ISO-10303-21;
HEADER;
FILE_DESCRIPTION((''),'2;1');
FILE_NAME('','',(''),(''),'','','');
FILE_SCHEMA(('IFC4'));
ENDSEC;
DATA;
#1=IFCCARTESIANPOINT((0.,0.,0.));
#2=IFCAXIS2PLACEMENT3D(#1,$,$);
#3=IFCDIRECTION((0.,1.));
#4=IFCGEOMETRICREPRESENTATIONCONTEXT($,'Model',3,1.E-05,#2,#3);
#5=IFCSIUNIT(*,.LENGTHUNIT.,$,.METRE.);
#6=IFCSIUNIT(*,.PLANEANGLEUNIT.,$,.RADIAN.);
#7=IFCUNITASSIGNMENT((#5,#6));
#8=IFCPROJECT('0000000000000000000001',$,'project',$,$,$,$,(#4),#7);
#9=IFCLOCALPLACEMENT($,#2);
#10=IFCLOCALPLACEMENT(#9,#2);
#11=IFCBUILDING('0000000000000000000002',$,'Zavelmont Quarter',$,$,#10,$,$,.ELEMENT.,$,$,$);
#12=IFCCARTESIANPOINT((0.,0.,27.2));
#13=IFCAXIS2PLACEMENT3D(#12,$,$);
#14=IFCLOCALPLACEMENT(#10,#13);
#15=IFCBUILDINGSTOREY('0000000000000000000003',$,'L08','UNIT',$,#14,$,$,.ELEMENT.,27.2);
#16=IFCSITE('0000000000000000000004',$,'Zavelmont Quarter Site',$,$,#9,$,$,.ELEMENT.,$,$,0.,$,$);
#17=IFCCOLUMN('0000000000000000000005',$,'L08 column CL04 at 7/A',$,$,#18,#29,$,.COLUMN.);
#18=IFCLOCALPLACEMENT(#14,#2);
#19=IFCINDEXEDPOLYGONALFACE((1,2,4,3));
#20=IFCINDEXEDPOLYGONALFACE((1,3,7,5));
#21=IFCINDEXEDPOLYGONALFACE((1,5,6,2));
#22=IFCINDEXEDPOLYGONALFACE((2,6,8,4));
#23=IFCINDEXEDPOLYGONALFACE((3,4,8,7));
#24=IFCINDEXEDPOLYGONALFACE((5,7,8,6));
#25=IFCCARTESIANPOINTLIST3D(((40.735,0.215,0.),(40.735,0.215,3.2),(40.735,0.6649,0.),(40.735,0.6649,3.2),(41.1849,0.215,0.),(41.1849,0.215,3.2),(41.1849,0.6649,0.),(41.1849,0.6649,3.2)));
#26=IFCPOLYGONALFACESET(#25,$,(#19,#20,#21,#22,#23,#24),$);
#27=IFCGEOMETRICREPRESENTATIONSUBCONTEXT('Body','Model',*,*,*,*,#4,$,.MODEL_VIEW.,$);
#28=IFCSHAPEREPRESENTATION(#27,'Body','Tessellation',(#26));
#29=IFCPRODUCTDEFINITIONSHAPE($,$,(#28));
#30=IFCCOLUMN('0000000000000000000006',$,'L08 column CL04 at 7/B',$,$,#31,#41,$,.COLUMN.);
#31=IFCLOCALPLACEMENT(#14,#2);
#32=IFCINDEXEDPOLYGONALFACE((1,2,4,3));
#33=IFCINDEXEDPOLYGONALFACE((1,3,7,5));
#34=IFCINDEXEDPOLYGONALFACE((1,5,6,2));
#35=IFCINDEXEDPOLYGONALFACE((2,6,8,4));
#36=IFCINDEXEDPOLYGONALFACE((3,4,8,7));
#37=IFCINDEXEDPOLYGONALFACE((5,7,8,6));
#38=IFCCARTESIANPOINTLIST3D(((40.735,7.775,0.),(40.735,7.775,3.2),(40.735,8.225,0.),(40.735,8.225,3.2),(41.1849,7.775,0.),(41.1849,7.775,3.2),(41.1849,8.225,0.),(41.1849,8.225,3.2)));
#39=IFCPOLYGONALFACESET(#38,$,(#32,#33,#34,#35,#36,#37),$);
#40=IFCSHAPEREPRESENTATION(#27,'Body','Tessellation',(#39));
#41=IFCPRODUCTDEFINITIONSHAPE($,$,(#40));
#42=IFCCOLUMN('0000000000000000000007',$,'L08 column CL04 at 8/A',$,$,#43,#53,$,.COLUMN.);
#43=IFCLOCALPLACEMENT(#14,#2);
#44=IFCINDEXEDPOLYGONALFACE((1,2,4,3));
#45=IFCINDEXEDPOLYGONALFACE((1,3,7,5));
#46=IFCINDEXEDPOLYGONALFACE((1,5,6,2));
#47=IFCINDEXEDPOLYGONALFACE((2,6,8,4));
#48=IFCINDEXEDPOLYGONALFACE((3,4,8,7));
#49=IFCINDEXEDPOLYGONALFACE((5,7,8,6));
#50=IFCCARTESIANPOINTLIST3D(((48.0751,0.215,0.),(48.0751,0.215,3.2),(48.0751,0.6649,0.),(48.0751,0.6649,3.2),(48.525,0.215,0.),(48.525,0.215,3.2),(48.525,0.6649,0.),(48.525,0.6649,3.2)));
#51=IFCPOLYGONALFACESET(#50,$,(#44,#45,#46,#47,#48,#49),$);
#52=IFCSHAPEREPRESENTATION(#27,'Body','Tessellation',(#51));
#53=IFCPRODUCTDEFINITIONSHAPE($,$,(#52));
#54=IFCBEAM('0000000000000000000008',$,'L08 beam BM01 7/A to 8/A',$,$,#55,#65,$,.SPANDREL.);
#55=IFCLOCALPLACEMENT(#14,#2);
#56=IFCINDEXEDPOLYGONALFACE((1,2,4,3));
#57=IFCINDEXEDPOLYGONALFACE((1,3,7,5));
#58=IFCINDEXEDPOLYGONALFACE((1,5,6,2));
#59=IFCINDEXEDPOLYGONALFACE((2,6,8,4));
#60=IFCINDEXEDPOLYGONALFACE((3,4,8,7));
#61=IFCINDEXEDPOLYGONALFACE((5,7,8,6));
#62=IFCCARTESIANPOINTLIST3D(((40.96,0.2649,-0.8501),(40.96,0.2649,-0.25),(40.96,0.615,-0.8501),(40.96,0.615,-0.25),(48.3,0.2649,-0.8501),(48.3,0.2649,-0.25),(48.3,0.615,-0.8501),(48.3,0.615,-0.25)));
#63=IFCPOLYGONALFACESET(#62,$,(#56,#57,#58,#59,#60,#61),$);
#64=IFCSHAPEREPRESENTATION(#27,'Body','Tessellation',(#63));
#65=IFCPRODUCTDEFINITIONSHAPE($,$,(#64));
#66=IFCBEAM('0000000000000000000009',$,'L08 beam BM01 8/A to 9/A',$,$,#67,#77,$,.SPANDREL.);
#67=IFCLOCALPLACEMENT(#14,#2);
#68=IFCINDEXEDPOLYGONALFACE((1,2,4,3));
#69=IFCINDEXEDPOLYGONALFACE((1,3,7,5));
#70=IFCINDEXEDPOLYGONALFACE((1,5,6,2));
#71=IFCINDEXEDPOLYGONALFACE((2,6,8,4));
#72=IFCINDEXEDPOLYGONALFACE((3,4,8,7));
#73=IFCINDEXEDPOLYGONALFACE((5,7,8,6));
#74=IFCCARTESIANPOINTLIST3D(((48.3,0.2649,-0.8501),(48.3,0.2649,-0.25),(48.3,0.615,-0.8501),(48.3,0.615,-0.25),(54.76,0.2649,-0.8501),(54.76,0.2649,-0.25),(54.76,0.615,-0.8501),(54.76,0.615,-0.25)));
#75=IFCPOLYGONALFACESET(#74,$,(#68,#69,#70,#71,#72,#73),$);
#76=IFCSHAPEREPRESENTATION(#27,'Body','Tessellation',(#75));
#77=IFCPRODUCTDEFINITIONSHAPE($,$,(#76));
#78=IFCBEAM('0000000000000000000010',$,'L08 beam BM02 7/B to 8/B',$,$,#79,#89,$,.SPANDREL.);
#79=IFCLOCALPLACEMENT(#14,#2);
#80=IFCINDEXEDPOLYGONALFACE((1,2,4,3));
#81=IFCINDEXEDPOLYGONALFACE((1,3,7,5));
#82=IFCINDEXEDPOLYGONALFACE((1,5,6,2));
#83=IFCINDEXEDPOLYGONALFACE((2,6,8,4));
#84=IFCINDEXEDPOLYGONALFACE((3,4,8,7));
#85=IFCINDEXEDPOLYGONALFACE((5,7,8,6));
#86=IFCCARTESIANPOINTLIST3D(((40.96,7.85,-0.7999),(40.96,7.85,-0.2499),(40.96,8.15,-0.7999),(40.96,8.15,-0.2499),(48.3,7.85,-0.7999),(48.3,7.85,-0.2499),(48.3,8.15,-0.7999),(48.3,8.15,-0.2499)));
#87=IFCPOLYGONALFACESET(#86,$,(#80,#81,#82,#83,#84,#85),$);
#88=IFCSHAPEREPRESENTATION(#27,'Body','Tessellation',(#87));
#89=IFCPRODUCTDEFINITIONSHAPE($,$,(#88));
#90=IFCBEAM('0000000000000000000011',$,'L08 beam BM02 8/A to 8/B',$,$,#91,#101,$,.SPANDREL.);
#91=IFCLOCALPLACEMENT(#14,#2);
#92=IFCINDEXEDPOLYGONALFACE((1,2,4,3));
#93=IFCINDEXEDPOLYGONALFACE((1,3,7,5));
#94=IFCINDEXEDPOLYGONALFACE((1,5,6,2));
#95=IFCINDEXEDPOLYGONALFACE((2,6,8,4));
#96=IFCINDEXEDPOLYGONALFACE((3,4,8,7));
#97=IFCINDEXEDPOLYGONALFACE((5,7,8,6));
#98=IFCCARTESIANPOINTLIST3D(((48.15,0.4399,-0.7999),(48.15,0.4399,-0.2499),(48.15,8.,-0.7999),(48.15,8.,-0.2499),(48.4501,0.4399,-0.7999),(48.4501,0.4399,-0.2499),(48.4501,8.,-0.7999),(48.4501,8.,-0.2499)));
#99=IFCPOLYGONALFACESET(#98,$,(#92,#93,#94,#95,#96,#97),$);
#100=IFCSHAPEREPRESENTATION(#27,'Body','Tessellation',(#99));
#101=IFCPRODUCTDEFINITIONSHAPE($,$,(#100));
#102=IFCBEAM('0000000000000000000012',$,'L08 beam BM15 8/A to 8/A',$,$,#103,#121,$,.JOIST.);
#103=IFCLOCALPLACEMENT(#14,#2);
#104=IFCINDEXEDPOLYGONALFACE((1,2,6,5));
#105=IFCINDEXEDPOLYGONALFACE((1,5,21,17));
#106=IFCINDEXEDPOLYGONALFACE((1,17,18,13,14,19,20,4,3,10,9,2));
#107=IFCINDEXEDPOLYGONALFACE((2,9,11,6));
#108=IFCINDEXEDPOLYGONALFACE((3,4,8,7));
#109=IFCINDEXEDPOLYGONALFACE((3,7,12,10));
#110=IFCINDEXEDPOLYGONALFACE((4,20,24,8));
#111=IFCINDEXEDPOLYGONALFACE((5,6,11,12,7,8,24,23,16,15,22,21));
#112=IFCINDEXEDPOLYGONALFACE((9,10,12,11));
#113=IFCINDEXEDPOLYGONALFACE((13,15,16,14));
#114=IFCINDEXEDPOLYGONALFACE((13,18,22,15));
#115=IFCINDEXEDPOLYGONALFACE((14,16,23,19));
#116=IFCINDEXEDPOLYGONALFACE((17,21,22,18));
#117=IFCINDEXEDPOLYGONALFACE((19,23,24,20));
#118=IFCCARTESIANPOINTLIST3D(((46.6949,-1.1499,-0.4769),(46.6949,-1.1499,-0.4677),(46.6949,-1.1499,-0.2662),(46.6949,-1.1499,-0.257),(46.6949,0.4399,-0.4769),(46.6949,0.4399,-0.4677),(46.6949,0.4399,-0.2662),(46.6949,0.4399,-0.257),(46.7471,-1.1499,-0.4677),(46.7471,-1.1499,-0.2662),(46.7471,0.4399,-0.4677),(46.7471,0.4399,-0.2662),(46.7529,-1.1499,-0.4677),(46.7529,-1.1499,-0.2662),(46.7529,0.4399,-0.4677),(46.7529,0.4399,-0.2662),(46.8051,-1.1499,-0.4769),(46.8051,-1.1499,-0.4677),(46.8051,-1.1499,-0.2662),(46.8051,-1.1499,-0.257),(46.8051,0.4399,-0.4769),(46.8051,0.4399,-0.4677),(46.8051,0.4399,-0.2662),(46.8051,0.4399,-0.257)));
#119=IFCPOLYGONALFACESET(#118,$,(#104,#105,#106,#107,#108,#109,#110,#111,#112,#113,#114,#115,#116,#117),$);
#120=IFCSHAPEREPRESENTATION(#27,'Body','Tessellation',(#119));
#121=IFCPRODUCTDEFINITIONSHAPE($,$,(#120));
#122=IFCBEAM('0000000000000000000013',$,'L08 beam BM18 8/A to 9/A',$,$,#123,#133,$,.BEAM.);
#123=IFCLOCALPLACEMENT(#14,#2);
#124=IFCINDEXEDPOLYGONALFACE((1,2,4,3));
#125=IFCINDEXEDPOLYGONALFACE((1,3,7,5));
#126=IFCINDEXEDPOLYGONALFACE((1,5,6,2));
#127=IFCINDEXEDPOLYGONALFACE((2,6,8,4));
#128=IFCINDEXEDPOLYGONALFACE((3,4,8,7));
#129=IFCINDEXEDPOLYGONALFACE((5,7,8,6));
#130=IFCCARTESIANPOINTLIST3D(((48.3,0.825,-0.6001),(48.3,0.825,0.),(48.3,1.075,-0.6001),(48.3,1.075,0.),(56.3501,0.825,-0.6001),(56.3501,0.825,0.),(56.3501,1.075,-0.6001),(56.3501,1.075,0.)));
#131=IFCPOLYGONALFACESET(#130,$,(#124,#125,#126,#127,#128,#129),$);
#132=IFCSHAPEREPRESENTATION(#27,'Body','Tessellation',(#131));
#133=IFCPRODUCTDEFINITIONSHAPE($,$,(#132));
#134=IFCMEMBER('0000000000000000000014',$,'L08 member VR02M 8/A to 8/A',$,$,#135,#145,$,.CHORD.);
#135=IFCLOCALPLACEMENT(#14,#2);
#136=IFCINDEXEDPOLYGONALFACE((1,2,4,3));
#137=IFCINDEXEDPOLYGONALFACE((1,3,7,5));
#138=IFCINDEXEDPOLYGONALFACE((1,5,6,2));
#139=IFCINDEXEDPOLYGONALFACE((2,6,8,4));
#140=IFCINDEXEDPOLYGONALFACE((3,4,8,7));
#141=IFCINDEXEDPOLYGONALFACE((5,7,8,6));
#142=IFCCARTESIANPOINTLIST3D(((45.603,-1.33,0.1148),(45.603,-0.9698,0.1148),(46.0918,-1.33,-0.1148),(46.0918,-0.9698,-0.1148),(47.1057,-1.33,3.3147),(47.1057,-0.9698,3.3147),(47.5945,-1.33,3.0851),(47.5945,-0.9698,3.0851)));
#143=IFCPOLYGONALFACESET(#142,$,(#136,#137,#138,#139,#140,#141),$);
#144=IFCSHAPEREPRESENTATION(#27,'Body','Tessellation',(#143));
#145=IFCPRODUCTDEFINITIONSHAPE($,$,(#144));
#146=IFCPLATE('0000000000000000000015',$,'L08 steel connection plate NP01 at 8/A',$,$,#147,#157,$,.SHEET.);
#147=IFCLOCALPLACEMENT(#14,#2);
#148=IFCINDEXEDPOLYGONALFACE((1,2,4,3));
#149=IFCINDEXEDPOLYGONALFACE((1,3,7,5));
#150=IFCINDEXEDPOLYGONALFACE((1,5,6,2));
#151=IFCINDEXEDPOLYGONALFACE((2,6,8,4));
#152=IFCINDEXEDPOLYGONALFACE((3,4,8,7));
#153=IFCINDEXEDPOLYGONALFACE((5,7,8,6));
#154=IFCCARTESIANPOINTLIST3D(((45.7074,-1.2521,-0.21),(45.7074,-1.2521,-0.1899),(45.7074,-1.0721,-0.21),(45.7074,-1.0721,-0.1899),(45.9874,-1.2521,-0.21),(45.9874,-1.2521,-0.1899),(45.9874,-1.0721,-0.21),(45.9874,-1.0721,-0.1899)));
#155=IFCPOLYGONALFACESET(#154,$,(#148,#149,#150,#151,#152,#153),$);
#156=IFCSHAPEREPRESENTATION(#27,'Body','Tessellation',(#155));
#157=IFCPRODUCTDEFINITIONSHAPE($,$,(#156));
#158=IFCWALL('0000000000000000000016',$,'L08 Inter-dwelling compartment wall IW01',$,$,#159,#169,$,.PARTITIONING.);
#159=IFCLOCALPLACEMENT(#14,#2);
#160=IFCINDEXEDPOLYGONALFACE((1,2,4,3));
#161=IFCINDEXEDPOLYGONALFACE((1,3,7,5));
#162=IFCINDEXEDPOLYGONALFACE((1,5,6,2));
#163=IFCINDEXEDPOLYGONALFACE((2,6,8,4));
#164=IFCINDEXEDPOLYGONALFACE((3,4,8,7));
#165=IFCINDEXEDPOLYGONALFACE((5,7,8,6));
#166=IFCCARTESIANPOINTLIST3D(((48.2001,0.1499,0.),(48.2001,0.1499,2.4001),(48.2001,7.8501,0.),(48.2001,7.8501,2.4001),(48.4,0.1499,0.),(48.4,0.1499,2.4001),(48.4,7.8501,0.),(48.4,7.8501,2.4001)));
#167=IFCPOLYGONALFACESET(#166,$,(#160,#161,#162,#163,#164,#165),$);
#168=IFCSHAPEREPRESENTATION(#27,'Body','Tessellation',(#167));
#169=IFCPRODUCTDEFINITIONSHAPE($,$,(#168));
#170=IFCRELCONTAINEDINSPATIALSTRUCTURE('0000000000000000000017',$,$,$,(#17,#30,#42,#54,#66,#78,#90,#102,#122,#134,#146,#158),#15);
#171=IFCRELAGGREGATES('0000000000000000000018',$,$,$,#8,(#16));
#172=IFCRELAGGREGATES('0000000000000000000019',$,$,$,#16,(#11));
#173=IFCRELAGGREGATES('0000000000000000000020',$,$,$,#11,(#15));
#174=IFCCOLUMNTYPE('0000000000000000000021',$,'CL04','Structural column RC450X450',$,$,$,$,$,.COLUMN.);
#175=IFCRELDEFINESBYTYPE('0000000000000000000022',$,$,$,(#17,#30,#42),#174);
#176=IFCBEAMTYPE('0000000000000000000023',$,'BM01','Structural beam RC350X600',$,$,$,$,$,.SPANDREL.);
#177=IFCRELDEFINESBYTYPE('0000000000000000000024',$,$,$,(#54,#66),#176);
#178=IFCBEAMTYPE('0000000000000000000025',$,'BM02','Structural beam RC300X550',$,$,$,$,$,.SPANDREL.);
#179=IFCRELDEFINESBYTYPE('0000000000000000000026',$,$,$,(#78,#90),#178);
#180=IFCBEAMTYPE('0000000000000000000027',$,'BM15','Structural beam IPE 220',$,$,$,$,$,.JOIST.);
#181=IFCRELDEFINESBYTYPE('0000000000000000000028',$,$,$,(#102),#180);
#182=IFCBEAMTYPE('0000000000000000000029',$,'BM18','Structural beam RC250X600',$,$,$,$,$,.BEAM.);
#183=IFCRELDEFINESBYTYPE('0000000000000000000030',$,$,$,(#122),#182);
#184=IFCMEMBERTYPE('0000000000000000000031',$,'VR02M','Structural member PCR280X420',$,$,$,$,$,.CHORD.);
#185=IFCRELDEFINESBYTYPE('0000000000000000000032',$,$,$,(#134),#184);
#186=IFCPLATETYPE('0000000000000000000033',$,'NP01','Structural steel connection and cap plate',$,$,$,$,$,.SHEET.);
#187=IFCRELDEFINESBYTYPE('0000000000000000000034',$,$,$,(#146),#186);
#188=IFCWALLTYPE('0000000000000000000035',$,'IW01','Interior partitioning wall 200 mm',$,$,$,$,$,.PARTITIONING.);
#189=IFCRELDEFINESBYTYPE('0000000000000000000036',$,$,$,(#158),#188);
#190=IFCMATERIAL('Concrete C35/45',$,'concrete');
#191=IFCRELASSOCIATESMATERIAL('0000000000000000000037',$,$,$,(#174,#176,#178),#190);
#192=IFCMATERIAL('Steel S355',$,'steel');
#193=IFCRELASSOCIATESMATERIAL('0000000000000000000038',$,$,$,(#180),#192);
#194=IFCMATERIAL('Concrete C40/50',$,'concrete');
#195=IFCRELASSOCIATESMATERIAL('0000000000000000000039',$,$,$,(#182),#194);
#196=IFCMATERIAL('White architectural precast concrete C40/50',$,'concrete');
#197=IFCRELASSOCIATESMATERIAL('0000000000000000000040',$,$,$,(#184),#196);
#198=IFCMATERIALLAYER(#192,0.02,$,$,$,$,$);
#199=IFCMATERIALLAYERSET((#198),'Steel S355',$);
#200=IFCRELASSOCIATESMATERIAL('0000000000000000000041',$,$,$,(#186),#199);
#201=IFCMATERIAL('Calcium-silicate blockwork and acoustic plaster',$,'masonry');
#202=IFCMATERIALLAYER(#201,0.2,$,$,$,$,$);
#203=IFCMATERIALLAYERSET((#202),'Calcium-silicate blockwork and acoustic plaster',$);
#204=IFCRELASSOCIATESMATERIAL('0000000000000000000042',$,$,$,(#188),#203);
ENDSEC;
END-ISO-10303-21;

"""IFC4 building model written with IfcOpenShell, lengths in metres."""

from ifc_helpers import new_model, si_unit, direction, frame, frame_2d, origin, origin_2d, place, context, subcontext, project, spatial, rectangle, i_section, extrude, material, layer, layer_set, material_profile, profile_set, type_object, element, save


model = new_model("IFC4")

# Units and contexts
model_context = context("Model", 3, precision=1e-05, world=origin(), true_north=direction((0.0, 1.0)))
body_context = subcontext(model_context, "Body", "Model", "MODEL_VIEW")
ifc_project = project(units=[si_unit("LENGTHUNIT", "METRE"), si_unit("PLANEANGLEUNIT", "RADIAN")], contexts=[model_context])

# Site, building, storey
site_placement = place(None, origin())
site = spatial("IfcSite", under=ifc_project, at=site_placement, Name="Zavelmont Quarter Site", CompositionType="ELEMENT", RefElevation=0.0)
building_placement = place(site_placement, origin())
building = spatial("IfcBuilding", under=site, at=building_placement, Name="Zavelmont Quarter", CompositionType="ELEMENT")
storey_placement = place(building_placement, frame((0.0, 0.0, 27.2)))
storey = spatial("IfcBuildingStorey", under=building, at=storey_placement, Name="L08", Description="UNIT", CompositionType="ELEMENT", Elevation=27.2)

# Columns
ifc_material_1 = material(Name="Concrete C35/45", Category="concrete")
ifc_material_profile_1 = material_profile(ifc_material_1, rectangle(XDim=0.45, YDim=0.45, at=origin_2d()), Name="RC450X450")
ifc_profile_set_1 = profile_set([ifc_material_profile_1], Name="Concrete C35/45")
column_type = type_object("IfcColumnType", Name="CL04", Description="Structural column RC450X450", PredefinedType="COLUMN", material=ifc_profile_set_1)
for number, where, z_axis, x_axis, name in (
    (1, (40.96, 0.4399, 0.0), (0.0, 0.0, 1.0), (1.0, 0.0, 0.0), "L08 column CL04 at 7/A"),
    (2, (40.96, 8.0, 0.0), (0.0, 0.0, 1.0), (1.0, 0.0, 0.0), "L08 column CL04 at 7/B"),
    (3, (48.3, 0.4399, 0.0), (0.0, 0.0, 1.0), (1.0, 0.0, 0.0), "L08 column CL04 at 8/A"),
):
    element("IfcColumn", number, at=place(storey_placement, frame(where, z_axis=z_axis, x_axis=x_axis)), inside=storey, type_object=column_type, Name=name, PredefinedType="COLUMN", context=body_context, shape_type="SweptSolid", body=[
        extrude(rectangle(XDim=0.45, YDim=0.45, at=origin_2d()), origin(), (0.0, 0.0, 1.0), 3.2),
    ])

# Beams
ifc_material_profile_2 = material_profile(ifc_material_1, rectangle(XDim=0.3501, YDim=0.6001, at=origin_2d()), Name="RC350X600")
ifc_profile_set_2 = profile_set([ifc_material_profile_2], Name="Concrete C35/45")
beam_type_1 = type_object("IfcBeamType", Name="BM01", Description="Structural beam RC350X600", PredefinedType="SPANDREL", material=ifc_profile_set_2)
beam_1_placement = place(storey_placement, frame((40.96, 0.4399, -0.55), z_axis=(1.0, 0.0, 0.0), x_axis=(0.0, 1.0, 0.0)))
element("IfcBeam", 4, at=beam_1_placement, inside=storey, type_object=beam_type_1, Name="L08 beam BM01 7/A to 8/A", PredefinedType="SPANDREL", context=body_context, shape_type="SweptSolid", body=[
    extrude(rectangle(XDim=0.3501, YDim=0.6001, at=origin_2d()), origin(), (0.0, 0.0, 1.0), 7.3401),
])
beam_2_placement = place(storey_placement, frame((48.3, 0.4399, -0.55), z_axis=(1.0, 0.0, 0.0), x_axis=(0.0, 1.0, 0.0)))
element("IfcBeam", 5, at=beam_2_placement, inside=storey, type_object=beam_type_1, Name="L08 beam BM01 8/A to 9/A", PredefinedType="SPANDREL", context=body_context, shape_type="SweptSolid", body=[
    extrude(rectangle(XDim=0.3501, YDim=0.6001, at=origin_2d()), origin(), (0.0, 0.0, 1.0), 6.46),
])
ifc_material_profile_3 = material_profile(ifc_material_1, rectangle(XDim=0.3, YDim=0.55, at=origin_2d()), Name="RC300X550")
ifc_profile_set_3 = profile_set([ifc_material_profile_3], Name="Concrete C35/45")
beam_type_2 = type_object("IfcBeamType", Name="BM02", Description="Structural beam RC300X550", PredefinedType="SPANDREL", material=ifc_profile_set_3)
beam_3_placement = place(storey_placement, frame((40.96, 8.0, -0.5249), z_axis=(1.0, 0.0, 0.0), x_axis=(0.0, 1.0, 0.0)))
element("IfcBeam", 6, at=beam_3_placement, inside=storey, type_object=beam_type_2, Name="L08 beam BM02 7/B to 8/B", PredefinedType="SPANDREL", context=body_context, shape_type="SweptSolid", body=[
    extrude(rectangle(XDim=0.3, YDim=0.55, at=origin_2d()), origin(), (0.0, 0.0, 1.0), 7.3401),
])
beam_4_placement = place(storey_placement, frame((48.3, 0.4399, -0.5249), z_axis=(0.0, 1.0, 0.0), x_axis=(-1.0, 0.0, 0.0)))
element("IfcBeam", 7, at=beam_4_placement, inside=storey, type_object=beam_type_2, Name="L08 beam BM02 8/A to 8/B", PredefinedType="SPANDREL", context=body_context, shape_type="SweptSolid", body=[
    extrude(rectangle(XDim=0.3, YDim=0.55, at=origin_2d()), origin(), (0.0, 0.0, 1.0), 7.5601),
])
ifc_material_2 = material(Name="Steel S355", Category="steel")
ifc_material_profile_4 = material_profile(ifc_material_2, i_section(OverallWidth=0.1101, OverallDepth=0.22, WebThickness=0.0059, FlangeThickness=0.0093, at=origin_2d()), Name="IPE 220")
ifc_profile_set_4 = profile_set([ifc_material_profile_4], Name="Steel S355")
beam_type_3 = type_object("IfcBeamType", Name="BM15", Description="Structural beam IPE 220", PredefinedType="JOIST", material=ifc_profile_set_4)
beam_5_placement = place(storey_placement, frame((46.75, 0.4399, -0.3669), z_axis=(0.0, -1.0, 0.0), x_axis=(1.0, 0.0, 0.0)))
element("IfcBeam", 8, at=beam_5_placement, inside=storey, type_object=beam_type_3, Name="L08 beam BM15 8/A to 8/A", PredefinedType="JOIST", context=body_context, shape_type="SweptSolid", body=[
    extrude(i_section(OverallWidth=0.1101, OverallDepth=0.22, WebThickness=0.0059, FlangeThickness=0.0093, at=origin_2d()), origin(), (0.0, 0.0, 1.0), 1.5898),
])
ifc_material_3 = material(Name="Concrete C40/50", Category="concrete")
ifc_material_profile_5 = material_profile(ifc_material_3, rectangle(XDim=0.25, YDim=0.6001, at=origin_2d()), Name="RC250X600")
ifc_profile_set_5 = profile_set([ifc_material_profile_5], Name="Concrete C40/50")
beam_type_4 = type_object("IfcBeamType", Name="BM18", Description="Structural beam RC250X600", PredefinedType="BEAM", material=ifc_profile_set_5)
beam_6_placement = place(storey_placement, frame((48.3, 0.95, -0.3), z_axis=(1.0, 0.0, 0.0), x_axis=(0.0, 1.0, 0.0)))
element("IfcBeam", 9, at=beam_6_placement, inside=storey, type_object=beam_type_4, Name="L08 beam BM18 8/A to 9/A", PredefinedType="BEAM", context=body_context, shape_type="SweptSolid", body=[
    extrude(rectangle(XDim=0.25, YDim=0.6001, at=origin_2d()), origin(), (0.0, 0.0, 1.0), 8.05),
])

# Member
ifc_material_4 = material(Name="White architectural precast concrete C40/50", Category="concrete")
ifc_material_profile_6 = material_profile(ifc_material_4, rectangle(XDim=0.3601, YDim=0.54, at=origin_2d()), Name="PCR280X420")
ifc_profile_set_6 = profile_set([ifc_material_profile_6], Name="White architectural precast concrete C40/50")
member_type = type_object("IfcMemberType", Name="VR02M", Description="Structural member PCR280X420", PredefinedType="CHORD", material=ifc_profile_set_6)
member_placement = place(storey_placement, frame((45.8474, -1.1499, 0.0), z_axis=(0.425062, 0.0, 0.905164), x_axis=(0.0, 1.0, 0.0)))
element("IfcMember", 10, at=member_placement, inside=storey, type_object=member_type, Name="L08 member VR02M 8/A to 8/A", PredefinedType="CHORD", context=body_context, shape_type="SweptSolid", body=[
    extrude(rectangle(XDim=0.3601, YDim=0.54, at=origin_2d()), origin(), (0.0, 0.0, 1.0), 3.5352),
])

# Plate
ifc_layer_1 = layer(ifc_material_2, 0.02)
ifc_layer_set_1 = layer_set([ifc_layer_1], Name="Steel S355")
plate_type = type_object("IfcPlateType", Name="NP01", Description="Structural steel connection and cap plate", PredefinedType="SHEET", material=ifc_layer_set_1)
plate_placement = place(storey_placement, frame((45.8474, -1.1621, -0.21), z_axis=(0.0, 0.0, 1.0), x_axis=(1.0, 0.0, 0.0)))
element("IfcPlate", 11, at=plate_placement, inside=storey, type_object=plate_type, Name="L08 steel connection plate NP01 at 8/A", PredefinedType="SHEET", context=body_context, shape_type="SweptSolid", body=[
    extrude(rectangle(XDim=0.28, YDim=0.1799, at=origin_2d()), origin(), (0.0, 0.0, 1.0), 0.02),
])

# Wall
ifc_material_5 = material(Name="Calcium-silicate blockwork and acoustic plaster", Category="masonry")
ifc_layer_2 = layer(ifc_material_5, 0.2)
ifc_layer_set_2 = layer_set([ifc_layer_2], Name="Calcium-silicate blockwork and acoustic plaster")
wall_type_1 = type_object("IfcWallType", Name="IW01", Description="Interior partitioning wall 200 mm", PredefinedType="PARTITIONING", material=ifc_layer_set_2)
wall_1_placement = place(storey_placement, frame((48.3, 7.8501, 0.0), z_axis=(0.0, 0.0, 1.0), x_axis=(0.0, -1.0, 0.0)))
element("IfcWall", 12, at=wall_1_placement, inside=storey, type_object=wall_type_1, Name="L08 Inter-dwelling compartment wall IW01", PredefinedType="PARTITIONING", context=body_context, shape_type="SweptSolid", body=[
    extrude(rectangle(XDim=7.7002, YDim=0.2, at=frame_2d((3.8501, 0.0))), origin(), (0.0, 0.0, 1.0), 2.4001),
])

save(model, "model.ifc")
